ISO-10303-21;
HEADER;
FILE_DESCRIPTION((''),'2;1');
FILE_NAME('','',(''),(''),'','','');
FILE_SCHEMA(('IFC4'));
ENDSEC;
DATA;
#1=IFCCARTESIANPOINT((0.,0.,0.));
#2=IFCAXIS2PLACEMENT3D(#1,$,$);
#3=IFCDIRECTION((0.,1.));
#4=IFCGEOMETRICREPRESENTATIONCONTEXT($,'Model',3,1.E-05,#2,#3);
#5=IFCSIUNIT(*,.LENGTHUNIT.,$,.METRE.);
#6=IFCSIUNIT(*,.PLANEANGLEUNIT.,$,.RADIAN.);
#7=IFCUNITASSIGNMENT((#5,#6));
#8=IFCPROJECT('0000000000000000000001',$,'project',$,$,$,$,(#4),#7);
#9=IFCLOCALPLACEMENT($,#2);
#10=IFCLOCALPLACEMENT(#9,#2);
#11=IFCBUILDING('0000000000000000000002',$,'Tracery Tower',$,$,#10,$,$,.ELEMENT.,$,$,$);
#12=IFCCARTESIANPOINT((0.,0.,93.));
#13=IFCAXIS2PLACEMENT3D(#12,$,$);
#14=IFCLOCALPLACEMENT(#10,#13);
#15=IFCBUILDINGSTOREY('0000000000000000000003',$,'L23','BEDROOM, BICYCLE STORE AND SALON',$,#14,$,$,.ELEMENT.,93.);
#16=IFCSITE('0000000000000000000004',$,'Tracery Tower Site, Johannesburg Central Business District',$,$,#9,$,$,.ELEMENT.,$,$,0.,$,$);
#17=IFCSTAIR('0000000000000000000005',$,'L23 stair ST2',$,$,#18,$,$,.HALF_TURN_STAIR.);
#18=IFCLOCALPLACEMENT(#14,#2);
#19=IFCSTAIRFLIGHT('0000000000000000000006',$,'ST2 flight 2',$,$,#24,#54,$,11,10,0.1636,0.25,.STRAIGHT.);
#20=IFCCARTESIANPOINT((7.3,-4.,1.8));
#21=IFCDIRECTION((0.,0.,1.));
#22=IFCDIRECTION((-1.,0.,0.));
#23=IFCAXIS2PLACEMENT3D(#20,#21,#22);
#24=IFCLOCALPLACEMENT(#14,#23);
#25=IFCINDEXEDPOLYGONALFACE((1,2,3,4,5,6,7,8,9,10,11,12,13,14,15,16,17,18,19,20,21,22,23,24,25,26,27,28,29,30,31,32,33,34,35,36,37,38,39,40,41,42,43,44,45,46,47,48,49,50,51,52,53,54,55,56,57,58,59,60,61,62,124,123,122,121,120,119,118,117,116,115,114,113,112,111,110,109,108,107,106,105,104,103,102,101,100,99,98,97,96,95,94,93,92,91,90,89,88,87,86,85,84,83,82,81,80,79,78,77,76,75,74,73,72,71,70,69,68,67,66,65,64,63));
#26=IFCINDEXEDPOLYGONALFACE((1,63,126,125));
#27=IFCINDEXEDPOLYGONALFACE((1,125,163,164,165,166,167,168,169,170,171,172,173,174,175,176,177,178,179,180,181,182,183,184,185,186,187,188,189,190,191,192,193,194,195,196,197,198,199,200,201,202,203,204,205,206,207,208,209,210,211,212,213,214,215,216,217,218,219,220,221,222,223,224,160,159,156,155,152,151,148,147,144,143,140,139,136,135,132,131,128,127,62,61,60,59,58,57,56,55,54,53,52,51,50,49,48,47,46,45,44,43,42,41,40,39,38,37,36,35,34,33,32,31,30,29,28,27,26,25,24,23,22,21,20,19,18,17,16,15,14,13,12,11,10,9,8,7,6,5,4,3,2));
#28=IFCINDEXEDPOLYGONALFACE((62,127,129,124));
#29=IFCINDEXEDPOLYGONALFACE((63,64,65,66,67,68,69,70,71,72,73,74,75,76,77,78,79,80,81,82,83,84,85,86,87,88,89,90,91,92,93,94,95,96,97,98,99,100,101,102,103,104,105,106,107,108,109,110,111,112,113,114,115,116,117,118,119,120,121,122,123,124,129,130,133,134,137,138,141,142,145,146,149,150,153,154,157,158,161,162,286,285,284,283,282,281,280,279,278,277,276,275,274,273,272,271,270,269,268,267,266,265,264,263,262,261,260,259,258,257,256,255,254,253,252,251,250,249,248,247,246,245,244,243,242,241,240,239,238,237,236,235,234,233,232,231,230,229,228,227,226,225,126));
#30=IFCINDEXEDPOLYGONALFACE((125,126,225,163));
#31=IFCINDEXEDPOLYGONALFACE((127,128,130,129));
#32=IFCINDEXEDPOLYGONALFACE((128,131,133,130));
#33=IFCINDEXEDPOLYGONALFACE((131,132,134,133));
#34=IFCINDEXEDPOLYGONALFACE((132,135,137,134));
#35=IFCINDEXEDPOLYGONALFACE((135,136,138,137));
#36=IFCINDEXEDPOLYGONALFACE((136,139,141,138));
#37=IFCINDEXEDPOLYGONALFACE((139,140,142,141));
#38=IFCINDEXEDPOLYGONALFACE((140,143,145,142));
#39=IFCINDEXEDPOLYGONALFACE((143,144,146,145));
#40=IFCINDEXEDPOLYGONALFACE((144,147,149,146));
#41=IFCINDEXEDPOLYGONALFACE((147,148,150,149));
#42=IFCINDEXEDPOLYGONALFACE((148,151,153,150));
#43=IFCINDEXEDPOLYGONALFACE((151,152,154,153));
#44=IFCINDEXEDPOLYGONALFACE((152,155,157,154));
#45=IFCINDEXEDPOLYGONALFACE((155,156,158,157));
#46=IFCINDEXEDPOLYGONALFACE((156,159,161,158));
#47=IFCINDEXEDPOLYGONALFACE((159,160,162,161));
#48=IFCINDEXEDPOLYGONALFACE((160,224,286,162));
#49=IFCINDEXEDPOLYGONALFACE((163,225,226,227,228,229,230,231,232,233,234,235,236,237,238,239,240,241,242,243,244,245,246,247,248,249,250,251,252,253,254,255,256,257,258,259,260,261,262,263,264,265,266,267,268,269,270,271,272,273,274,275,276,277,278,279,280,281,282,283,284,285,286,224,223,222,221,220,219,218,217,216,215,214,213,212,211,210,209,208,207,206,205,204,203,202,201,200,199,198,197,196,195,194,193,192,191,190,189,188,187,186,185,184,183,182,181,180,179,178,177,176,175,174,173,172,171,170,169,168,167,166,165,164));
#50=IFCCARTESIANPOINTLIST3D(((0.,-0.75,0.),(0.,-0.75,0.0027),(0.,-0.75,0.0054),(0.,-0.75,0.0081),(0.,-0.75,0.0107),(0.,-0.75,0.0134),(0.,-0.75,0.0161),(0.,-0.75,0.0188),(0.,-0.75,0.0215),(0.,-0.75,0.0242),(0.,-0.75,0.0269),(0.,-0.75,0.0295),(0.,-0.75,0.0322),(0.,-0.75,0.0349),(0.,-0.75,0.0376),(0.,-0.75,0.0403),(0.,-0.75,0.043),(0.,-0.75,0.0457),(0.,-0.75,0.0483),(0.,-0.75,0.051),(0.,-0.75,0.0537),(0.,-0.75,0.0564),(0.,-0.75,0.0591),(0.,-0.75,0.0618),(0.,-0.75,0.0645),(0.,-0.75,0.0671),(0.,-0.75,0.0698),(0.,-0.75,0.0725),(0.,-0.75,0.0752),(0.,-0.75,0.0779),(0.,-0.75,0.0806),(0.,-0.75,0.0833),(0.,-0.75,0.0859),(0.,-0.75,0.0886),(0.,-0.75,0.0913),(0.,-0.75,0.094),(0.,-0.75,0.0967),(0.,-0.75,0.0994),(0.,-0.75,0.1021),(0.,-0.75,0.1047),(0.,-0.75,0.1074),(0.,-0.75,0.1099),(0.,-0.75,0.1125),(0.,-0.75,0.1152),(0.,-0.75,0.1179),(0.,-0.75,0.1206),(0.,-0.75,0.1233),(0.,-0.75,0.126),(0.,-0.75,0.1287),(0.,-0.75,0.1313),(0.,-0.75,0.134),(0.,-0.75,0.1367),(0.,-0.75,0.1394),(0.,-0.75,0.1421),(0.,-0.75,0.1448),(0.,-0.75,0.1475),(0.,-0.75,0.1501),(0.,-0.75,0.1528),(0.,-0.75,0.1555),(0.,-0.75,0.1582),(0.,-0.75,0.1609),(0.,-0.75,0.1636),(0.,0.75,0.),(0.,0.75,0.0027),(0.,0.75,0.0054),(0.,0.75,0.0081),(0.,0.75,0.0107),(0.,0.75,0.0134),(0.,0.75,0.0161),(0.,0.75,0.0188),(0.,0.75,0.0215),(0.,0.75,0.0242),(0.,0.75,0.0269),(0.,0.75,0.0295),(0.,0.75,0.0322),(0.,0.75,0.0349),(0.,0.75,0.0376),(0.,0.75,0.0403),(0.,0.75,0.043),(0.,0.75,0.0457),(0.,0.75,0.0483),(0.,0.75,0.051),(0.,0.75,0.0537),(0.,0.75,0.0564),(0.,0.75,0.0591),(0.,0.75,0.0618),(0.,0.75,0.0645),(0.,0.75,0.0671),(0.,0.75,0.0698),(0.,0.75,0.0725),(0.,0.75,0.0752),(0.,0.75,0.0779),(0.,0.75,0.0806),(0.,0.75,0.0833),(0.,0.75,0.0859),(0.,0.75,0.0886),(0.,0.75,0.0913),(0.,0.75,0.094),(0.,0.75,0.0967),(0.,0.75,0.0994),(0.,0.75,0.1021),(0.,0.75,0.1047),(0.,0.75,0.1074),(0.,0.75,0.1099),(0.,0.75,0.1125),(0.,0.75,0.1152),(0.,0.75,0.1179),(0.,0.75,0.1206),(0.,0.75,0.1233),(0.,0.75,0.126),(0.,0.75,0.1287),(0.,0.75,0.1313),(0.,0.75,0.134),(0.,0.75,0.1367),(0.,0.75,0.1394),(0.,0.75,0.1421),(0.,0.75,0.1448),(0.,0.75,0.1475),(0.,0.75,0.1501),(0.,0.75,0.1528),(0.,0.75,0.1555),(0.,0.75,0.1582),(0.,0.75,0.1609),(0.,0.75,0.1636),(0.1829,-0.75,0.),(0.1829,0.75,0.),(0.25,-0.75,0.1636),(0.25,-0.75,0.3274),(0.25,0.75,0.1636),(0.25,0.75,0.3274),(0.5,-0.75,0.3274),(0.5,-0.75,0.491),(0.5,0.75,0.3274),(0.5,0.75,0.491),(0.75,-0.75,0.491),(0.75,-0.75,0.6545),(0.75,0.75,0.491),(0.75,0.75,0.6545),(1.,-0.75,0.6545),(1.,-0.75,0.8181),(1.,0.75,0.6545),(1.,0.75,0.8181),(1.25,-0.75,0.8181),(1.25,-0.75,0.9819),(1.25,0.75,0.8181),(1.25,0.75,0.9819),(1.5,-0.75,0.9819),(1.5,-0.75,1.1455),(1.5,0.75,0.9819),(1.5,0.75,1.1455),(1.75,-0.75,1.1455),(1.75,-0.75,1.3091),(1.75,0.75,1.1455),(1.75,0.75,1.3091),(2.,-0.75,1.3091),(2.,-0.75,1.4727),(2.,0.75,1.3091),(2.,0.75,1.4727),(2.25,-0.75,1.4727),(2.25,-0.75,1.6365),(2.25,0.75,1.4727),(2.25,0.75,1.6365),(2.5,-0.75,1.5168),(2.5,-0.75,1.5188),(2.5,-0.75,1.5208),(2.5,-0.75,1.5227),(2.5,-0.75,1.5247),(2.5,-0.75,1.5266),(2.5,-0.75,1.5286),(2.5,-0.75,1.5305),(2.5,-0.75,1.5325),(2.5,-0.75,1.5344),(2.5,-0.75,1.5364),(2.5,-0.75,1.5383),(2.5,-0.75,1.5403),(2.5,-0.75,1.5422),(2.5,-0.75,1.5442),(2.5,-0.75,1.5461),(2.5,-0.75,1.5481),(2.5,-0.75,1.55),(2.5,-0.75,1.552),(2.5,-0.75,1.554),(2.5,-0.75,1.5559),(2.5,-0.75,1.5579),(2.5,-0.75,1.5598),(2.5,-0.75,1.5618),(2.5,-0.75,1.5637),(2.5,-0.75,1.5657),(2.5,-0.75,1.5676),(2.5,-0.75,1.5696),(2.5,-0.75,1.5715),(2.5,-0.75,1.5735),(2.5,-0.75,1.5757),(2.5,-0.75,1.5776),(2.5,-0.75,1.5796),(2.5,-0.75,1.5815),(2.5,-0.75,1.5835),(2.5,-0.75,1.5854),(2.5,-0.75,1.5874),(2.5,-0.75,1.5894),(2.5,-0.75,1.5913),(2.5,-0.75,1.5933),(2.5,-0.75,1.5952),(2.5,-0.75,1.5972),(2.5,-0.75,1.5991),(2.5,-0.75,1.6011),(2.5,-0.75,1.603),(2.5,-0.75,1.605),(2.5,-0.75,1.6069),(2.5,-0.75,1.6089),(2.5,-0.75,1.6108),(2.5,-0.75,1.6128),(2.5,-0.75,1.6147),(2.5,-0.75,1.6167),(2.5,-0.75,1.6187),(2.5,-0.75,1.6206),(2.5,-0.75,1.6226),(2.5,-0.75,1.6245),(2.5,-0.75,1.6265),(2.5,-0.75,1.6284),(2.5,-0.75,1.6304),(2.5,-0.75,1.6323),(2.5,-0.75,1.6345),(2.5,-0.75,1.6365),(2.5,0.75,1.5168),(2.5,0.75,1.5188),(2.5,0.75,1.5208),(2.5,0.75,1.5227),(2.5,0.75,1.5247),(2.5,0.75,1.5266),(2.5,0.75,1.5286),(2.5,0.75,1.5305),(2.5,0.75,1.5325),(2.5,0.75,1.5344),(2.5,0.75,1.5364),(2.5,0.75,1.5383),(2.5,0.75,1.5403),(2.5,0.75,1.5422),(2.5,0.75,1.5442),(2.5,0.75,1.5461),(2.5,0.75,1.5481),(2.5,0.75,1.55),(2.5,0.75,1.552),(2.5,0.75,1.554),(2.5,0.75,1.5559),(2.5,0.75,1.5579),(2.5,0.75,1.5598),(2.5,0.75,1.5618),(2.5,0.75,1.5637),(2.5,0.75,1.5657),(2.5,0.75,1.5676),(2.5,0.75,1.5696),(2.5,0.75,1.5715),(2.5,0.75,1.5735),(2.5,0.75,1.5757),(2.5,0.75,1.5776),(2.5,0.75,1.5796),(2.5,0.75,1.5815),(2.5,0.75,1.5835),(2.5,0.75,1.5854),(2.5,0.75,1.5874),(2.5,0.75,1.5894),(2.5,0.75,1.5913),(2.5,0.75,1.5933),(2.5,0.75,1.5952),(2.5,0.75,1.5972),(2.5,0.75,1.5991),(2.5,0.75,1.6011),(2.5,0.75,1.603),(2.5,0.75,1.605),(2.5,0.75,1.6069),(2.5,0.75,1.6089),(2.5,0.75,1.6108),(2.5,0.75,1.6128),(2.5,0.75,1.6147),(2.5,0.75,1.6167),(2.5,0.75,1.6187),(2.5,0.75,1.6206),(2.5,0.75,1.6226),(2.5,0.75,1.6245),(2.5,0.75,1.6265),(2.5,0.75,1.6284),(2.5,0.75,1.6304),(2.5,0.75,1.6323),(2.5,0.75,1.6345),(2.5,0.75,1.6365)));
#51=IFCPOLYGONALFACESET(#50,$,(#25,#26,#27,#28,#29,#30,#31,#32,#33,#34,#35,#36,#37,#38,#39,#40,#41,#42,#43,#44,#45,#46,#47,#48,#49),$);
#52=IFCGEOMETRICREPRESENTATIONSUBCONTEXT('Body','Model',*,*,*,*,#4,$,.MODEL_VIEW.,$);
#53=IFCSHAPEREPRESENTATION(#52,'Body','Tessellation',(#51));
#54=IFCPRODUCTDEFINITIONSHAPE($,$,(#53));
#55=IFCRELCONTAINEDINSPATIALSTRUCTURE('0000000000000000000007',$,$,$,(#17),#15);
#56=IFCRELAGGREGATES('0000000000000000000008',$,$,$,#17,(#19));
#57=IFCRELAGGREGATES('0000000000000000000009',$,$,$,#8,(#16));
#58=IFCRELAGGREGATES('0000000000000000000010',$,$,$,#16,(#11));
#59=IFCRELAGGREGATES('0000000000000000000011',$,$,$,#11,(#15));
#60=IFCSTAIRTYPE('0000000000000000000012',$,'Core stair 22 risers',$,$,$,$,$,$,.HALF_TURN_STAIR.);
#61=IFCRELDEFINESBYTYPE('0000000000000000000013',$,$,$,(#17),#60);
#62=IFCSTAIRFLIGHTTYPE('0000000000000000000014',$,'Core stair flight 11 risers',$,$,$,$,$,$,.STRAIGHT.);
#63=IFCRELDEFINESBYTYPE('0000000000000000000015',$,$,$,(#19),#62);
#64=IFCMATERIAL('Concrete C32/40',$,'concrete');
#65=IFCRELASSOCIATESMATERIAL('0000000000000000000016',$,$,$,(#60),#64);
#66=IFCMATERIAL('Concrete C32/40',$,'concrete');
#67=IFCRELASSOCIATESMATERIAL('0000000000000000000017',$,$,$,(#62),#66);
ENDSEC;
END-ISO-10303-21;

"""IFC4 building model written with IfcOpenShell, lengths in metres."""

from ifc_helpers import new_model, si_unit, direction, frame, origin, place, context, subcontext, project, spatial, polyline, outline, extrude, material, type_object, element, aggregate, save


model = new_model("IFC4")

# Units and contexts
model_context = context("Model", 3, precision=1e-05, world=origin(), true_north=direction((0.0, 1.0)))
body_context = subcontext(model_context, "Body", "Model", "MODEL_VIEW")
ifc_project = project(units=[si_unit("LENGTHUNIT", "METRE"), si_unit("PLANEANGLEUNIT", "RADIAN")], contexts=[model_context])

# Site, building, storey
site_placement = place(None, origin())
site = spatial("IfcSite", under=ifc_project, at=site_placement, Name="Tracery Tower Site, Johannesburg Central Business District", CompositionType="ELEMENT", RefElevation=0.0)
building_placement = place(site_placement, origin())
building = spatial("IfcBuilding", under=site, at=building_placement, Name="Tracery Tower", CompositionType="ELEMENT")
storey_placement = place(building_placement, frame((0.0, 0.0, 93.0)))
storey = spatial("IfcBuildingStorey", under=building, at=storey_placement, Name="L23", Description="BEDROOM, BICYCLE STORE AND SALON", CompositionType="ELEMENT", Elevation=93.0)

# Stair, stair flight
ifc_material_1 = material(Name="Concrete C32/40", Category="concrete")
stair_type = type_object("IfcStairType", Name="Core stair 22 risers", PredefinedType="HALF_TURN_STAIR", material=ifc_material_1)
stair_placement = place(storey_placement, origin())
stair = element("IfcStair", 1, at=stair_placement, inside=storey, type_object=stair_type, Name="L23 stair ST2", PredefinedType="HALF_TURN_STAIR")
ifc_material_2 = material(Name="Concrete C32/40", Category="concrete")
stair_flight_type = type_object("IfcStairFlightType", Name="Core stair flight 11 risers", PredefinedType="STRAIGHT", material=ifc_material_2)
stair_flight_1_placement = place(storey_placement, frame((7.3, -4.0, 1.8), z_axis=(0.0, 0.0, 1.0), x_axis=(-1.0, 0.0, 0.0)))
stair_flight_1 = element("IfcStairFlight", 2, at=stair_flight_1_placement, type_object=stair_flight_type, Name="ST2 flight 2", NumberOfRisers=11, NumberOfTreads=10, PredefinedType="STRAIGHT", RiserHeight=0.1636, TreadLength=0.25, context=body_context, shape_type="SweptSolid", body=[
    extrude(outline(polyline([(0.0, 0.0), (0.0, 0.0027), (0.0, 0.0054), (0.0, 0.0081), (0.0, 0.0107), (0.0, 0.0134), (0.0, 0.0161), (0.0, 0.0188), (0.0, 0.0215), (0.0, 0.0242), (0.0, 0.0269), (0.0, 0.0295), (0.0, 0.0322), (0.0, 0.0349), (0.0, 0.0376), (0.0, 0.0403), (0.0, 0.043), (0.0, 0.0457), (0.0, 0.0483), (0.0, 0.051), (0.0, 0.0537), (0.0, 0.0564), (0.0, 0.0591), (0.0, 0.0618), (0.0, 0.0645), (0.0, 0.0671), (0.0, 0.0698), (0.0, 0.0725), (0.0, 0.0752), (0.0, 0.0779), (0.0, 0.0806), (0.0, 0.0833), (0.0, 0.0859), (0.0, 0.0886), (0.0, 0.0913), (0.0, 0.094), (0.0, 0.0967), (0.0, 0.0994), (0.0, 0.1021), (0.0, 0.1047), (0.0, 0.1074), (0.0, 0.1099), (0.0, 0.1125), (0.0, 0.1152), (0.0, 0.1179), (0.0, 0.1206), (0.0, 0.1233), (0.0, 0.126), (0.0, 0.1287), (0.0, 0.1313), (0.0, 0.134), (0.0, 0.1367), (0.0, 0.1394), (0.0, 0.1421), (0.0, 0.1448), (0.0, 0.1475), (0.0, 0.1501), (0.0, 0.1528), (0.0, 0.1555), (0.0, 0.1582), (0.0, 0.1609), (0.0, 0.1636), (0.25, 0.1636), (0.25, 0.3274), (0.5, 0.3274), (0.5, 0.491), (0.75, 0.491), (0.75, 0.6545), (1.0, 0.6545), (1.0, 0.8181), (1.25, 0.8181), (1.25, 0.9819), (1.5, 0.9819), (1.5, 1.1455), (1.75, 1.1455), (1.75, 1.3091), (2.0, 1.3091), (2.0, 1.4727), (2.25, 1.4727), (2.25, 1.6365), (2.5, 1.6365), (2.5, 1.6345), (2.5, 1.6323), (2.5, 1.6304), (2.5, 1.6284), (2.5, 1.6265), (2.5, 1.6245), (2.5, 1.6226), (2.5, 1.6206), (2.5, 1.6187), (2.5, 1.6167), (2.5, 1.6147), (2.5, 1.6128), (2.5, 1.6108), (2.5, 1.6089), (2.5, 1.6069), (2.5, 1.605), (2.5, 1.603), (2.5, 1.6011), (2.5, 1.5991), (2.5, 1.5972), (2.5, 1.5952), (2.5, 1.5933), (2.5, 1.5913), (2.5, 1.5894), (2.5, 1.5874), (2.5, 1.5854), (2.5, 1.5835), (2.5, 1.5815), (2.5, 1.5796), (2.5, 1.5776), (2.5, 1.5757), (2.5, 1.5735), (2.5, 1.5715), (2.5, 1.5696), (2.5, 1.5676), (2.5, 1.5657), (2.5, 1.5637), (2.5, 1.5618), (2.5, 1.5598), (2.5, 1.5579), (2.5, 1.5559), (2.5, 1.554), (2.5, 1.552), (2.5, 1.55), (2.5, 1.5481), (2.5, 1.5461), (2.5, 1.5442), (2.5, 1.5422), (2.5, 1.5403), (2.5, 1.5383), (2.5, 1.5364), (2.5, 1.5344), (2.5, 1.5325), (2.5, 1.5305), (2.5, 1.5286), (2.5, 1.5266), (2.5, 1.5247), (2.5, 1.5227), (2.5, 1.5208), (2.5, 1.5188), (2.5, 1.5168), (0.1829, 0.0), (0.0, 0.0)])), frame((0.0, 0.75, 0.0), z_axis=(0.0, -1.0, 0.0), x_axis=(1.0, 0.0, 0.0)), (0.0, 0.0, 1.0), 1.5),
])
aggregate(stair, [stair_flight_1])

save(model, "model.ifc")
